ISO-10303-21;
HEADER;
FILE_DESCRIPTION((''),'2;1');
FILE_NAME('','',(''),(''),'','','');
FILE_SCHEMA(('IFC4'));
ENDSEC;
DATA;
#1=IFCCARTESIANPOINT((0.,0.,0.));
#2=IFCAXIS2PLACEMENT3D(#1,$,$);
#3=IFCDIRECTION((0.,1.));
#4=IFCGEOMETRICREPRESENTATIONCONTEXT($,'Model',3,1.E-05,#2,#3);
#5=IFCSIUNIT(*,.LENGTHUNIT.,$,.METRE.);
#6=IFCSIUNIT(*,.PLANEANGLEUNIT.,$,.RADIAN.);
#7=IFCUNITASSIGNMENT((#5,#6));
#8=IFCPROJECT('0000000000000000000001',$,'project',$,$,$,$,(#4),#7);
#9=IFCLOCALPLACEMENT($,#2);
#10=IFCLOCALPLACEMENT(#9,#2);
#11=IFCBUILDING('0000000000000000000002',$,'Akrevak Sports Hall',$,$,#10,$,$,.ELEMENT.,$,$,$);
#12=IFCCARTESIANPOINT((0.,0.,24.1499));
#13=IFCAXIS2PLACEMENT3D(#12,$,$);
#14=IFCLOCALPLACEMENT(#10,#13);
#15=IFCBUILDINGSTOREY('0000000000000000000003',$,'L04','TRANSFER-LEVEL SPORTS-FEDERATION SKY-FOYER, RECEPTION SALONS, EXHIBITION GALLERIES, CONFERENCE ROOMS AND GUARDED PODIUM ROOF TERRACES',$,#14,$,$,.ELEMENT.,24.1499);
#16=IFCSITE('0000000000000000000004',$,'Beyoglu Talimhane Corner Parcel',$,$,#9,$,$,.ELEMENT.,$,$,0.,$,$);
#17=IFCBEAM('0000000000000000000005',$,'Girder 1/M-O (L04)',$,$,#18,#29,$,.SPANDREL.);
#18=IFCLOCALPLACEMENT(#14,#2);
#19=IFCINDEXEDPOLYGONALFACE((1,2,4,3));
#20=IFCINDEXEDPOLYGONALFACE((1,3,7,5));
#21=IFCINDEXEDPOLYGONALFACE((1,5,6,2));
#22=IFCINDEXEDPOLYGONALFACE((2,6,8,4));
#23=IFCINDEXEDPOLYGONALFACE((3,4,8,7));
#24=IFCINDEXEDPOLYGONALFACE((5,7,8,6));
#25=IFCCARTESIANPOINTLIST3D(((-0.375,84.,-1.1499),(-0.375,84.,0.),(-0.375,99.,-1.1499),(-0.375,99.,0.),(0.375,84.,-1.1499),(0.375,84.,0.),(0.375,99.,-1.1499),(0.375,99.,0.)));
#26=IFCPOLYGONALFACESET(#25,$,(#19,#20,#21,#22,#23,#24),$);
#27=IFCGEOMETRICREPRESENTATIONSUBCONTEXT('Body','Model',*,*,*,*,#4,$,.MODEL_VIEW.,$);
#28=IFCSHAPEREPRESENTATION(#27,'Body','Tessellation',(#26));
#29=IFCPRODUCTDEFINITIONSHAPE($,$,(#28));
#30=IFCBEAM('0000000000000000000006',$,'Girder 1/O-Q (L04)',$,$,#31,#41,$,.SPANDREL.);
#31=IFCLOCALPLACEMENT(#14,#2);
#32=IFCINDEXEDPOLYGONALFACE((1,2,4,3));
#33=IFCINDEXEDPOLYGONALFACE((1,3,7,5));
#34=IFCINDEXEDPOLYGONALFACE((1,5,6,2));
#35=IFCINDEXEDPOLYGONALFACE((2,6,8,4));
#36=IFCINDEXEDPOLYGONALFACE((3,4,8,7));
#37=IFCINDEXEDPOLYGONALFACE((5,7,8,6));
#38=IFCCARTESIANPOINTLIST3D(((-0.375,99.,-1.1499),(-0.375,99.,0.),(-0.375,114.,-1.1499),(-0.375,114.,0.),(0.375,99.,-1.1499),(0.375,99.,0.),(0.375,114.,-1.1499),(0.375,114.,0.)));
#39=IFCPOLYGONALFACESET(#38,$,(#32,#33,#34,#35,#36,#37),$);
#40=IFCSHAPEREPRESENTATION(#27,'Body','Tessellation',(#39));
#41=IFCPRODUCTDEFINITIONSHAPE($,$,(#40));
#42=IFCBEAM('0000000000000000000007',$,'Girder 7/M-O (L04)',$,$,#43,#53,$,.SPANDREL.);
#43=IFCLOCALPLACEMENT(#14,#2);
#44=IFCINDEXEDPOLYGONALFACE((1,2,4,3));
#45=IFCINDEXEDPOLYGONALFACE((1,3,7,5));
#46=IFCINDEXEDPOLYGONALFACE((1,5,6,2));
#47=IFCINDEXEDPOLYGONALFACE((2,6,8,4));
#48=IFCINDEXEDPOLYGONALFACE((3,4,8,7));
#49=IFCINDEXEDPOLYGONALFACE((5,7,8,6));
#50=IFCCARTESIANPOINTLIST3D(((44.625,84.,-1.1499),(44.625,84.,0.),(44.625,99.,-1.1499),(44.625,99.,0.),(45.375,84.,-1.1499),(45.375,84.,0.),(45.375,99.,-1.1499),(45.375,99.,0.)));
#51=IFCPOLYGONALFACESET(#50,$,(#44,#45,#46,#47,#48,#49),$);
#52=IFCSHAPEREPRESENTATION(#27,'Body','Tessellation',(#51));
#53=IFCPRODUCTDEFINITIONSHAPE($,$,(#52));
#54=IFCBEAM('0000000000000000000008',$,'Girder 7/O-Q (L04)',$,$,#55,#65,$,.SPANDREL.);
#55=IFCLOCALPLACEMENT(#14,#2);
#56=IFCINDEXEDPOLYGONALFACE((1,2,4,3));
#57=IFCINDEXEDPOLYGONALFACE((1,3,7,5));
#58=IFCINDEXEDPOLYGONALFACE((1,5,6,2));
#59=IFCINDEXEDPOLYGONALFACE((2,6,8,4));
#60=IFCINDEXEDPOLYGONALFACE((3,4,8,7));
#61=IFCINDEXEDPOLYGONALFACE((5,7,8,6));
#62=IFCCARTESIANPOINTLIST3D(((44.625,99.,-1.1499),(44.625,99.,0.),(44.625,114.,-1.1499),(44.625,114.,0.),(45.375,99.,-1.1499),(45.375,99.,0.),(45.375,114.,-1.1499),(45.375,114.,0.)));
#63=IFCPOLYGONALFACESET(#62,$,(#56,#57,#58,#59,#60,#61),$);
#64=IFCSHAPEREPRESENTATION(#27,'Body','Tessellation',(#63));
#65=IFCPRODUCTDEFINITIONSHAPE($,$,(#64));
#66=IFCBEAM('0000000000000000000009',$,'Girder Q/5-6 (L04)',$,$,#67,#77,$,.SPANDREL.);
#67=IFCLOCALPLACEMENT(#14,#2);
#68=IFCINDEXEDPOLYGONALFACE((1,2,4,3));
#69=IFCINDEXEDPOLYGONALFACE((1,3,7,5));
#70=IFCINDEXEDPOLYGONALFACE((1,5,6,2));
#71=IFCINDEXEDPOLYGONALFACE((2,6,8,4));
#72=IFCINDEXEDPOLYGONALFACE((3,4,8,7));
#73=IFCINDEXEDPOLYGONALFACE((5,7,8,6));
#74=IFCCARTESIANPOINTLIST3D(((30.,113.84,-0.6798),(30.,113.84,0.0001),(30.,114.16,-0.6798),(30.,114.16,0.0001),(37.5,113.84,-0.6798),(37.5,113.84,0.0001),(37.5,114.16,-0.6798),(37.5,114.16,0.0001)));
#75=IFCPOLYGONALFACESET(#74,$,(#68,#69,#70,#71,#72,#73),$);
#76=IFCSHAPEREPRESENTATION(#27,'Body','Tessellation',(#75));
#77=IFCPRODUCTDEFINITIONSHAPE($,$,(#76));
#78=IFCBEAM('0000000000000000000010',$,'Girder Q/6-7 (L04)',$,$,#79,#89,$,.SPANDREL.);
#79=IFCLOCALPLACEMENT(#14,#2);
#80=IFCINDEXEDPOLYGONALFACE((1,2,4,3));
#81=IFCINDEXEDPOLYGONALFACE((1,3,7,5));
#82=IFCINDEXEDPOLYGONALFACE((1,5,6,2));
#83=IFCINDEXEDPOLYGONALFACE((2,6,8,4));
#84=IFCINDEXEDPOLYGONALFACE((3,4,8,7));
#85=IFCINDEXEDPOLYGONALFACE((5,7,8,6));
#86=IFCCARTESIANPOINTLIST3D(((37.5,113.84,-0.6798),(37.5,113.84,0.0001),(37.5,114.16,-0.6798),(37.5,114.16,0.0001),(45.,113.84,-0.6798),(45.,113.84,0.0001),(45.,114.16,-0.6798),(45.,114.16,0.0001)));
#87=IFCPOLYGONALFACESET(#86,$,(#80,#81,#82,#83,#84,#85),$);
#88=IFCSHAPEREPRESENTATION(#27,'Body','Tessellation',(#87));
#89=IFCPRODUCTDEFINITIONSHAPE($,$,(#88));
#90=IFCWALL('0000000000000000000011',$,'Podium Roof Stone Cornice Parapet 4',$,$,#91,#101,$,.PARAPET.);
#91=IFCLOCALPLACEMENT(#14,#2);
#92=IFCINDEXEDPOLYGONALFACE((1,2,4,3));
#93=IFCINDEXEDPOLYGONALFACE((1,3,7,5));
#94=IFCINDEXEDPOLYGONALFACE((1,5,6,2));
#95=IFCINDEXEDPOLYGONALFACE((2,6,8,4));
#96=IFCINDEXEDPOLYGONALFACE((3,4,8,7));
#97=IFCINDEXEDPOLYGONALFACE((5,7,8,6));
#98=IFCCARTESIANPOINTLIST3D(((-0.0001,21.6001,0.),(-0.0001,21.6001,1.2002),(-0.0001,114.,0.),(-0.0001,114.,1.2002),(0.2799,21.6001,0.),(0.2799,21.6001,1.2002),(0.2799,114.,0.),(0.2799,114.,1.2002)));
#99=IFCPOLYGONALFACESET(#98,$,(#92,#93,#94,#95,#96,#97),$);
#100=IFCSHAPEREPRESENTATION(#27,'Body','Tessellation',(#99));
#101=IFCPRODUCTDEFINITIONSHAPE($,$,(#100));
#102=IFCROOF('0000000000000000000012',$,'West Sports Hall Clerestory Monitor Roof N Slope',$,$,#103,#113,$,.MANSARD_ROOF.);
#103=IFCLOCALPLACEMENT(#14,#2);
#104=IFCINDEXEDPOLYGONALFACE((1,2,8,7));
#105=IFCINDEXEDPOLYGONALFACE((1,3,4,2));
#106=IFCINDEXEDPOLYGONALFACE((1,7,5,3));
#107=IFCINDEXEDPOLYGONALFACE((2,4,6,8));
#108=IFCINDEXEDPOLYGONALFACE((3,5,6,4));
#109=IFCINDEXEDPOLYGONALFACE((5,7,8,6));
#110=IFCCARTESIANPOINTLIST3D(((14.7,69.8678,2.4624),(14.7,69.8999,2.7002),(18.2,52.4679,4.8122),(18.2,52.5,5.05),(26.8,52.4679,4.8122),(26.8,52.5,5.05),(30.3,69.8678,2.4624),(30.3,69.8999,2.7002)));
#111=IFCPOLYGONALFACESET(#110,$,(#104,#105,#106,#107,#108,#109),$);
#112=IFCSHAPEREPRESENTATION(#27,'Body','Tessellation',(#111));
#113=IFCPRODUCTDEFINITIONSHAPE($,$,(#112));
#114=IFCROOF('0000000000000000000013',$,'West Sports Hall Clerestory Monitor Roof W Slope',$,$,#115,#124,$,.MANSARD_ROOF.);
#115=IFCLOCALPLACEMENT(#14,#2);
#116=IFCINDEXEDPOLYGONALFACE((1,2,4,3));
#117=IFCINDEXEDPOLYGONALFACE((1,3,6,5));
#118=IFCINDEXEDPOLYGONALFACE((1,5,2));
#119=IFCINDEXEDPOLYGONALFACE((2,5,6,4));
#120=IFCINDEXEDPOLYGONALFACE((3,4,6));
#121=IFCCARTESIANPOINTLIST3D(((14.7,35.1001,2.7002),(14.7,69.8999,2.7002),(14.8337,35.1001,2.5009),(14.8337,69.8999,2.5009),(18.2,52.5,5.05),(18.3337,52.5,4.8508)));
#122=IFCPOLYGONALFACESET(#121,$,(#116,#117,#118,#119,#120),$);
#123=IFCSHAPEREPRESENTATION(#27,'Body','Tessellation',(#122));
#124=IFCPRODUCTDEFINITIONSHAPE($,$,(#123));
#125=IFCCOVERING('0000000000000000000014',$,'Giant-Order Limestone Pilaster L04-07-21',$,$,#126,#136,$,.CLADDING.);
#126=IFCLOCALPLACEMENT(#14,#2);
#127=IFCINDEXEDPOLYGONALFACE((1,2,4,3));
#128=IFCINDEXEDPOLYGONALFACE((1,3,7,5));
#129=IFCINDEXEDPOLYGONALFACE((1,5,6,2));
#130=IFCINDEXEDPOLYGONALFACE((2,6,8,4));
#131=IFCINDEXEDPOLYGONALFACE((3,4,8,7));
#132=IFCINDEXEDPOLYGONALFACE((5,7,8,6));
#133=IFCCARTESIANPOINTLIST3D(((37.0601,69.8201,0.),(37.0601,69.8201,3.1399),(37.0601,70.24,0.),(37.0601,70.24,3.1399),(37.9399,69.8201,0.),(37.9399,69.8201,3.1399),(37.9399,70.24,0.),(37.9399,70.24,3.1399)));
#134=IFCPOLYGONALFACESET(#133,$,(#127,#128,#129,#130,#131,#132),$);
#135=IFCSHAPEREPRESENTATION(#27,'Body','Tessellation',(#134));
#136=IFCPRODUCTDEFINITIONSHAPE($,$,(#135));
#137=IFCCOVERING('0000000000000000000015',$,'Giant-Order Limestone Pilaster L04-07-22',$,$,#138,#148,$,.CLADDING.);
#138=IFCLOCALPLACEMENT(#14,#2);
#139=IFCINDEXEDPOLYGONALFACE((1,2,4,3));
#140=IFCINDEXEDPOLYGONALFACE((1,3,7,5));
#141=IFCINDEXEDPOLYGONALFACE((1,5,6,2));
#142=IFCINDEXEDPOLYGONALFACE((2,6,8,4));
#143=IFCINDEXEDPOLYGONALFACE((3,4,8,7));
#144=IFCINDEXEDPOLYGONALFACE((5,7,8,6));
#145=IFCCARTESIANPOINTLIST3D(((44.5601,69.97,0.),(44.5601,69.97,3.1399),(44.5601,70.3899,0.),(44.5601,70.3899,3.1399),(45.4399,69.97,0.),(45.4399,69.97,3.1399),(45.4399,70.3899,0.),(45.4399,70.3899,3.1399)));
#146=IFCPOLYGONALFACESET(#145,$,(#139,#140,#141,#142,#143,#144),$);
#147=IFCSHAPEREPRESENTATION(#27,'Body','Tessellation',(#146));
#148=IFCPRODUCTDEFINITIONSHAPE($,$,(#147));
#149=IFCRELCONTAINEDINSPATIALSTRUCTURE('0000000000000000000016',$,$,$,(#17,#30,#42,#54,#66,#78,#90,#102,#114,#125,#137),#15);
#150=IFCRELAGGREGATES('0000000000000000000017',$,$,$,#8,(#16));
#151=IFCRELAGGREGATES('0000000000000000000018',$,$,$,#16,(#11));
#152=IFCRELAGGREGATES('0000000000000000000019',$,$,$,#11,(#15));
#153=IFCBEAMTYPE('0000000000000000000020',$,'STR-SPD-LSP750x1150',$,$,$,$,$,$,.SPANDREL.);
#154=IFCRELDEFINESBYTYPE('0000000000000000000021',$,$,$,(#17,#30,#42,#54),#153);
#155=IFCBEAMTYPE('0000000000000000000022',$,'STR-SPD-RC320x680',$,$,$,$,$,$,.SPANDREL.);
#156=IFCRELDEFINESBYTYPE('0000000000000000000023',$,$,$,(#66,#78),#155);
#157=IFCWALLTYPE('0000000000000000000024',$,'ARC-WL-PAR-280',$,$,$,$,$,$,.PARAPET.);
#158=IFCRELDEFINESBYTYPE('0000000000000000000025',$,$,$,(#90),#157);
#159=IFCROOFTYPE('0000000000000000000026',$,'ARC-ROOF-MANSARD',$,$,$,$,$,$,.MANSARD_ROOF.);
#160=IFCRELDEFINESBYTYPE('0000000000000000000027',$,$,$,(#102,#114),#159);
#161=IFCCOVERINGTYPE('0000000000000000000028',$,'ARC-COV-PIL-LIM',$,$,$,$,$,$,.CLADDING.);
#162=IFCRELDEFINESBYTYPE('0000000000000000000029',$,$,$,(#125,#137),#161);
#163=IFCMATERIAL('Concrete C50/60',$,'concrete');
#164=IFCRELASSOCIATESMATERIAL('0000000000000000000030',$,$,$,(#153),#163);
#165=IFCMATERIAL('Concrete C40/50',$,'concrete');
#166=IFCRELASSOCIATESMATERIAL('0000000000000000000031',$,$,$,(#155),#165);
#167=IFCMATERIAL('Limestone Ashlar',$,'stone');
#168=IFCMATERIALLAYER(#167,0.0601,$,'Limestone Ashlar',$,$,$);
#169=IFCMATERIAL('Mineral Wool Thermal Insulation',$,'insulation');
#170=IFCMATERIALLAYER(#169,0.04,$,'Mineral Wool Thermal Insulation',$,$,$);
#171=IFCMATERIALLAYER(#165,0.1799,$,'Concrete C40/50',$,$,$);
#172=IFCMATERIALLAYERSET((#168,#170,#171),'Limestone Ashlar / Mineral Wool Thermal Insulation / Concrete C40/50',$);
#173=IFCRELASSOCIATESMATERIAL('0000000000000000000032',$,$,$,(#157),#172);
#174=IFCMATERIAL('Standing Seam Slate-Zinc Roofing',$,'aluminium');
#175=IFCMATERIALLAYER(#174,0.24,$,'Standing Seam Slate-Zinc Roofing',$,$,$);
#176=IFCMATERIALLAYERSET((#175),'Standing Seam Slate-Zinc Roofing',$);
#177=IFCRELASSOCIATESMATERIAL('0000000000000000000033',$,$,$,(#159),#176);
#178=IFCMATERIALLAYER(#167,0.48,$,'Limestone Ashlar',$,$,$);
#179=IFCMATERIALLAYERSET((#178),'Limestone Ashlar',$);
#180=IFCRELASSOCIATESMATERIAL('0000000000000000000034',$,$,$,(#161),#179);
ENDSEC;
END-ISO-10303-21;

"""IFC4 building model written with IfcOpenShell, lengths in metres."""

from ifc_helpers import new_model, si_unit, direction, frame, frame_2d, origin, origin_2d, place, context, subcontext, project, spatial, polyline, rectangle, outline, extrude, material, layer, layer_set, material_profile, profile_set, type_object, element, save


model = new_model("IFC4")

# Units and contexts
model_context = context("Model", 3, precision=1e-05, world=origin(), true_north=direction((0.0, 1.0)))
body_context = subcontext(model_context, "Body", "Model", "MODEL_VIEW")
ifc_project = project(units=[si_unit("LENGTHUNIT", "METRE"), si_unit("PLANEANGLEUNIT", "RADIAN")], contexts=[model_context])

# Site, building, storey
site_placement = place(None, origin())
site = spatial("IfcSite", under=ifc_project, at=site_placement, Name="Beyoglu Talimhane Corner Parcel", CompositionType="ELEMENT", RefElevation=0.0)
building_placement = place(site_placement, origin())
building = spatial("IfcBuilding", under=site, at=building_placement, Name="Akrevak Sports Hall", CompositionType="ELEMENT")
storey_placement = place(building_placement, frame((0.0, 0.0, 24.1499)))
storey = spatial("IfcBuildingStorey", under=building, at=storey_placement, Name="L04", Description="TRANSFER-LEVEL SPORTS-FEDERATION SKY-FOYER, RECEPTION SALONS, EXHIBITION GALLERIES, CONFERENCE ROOMS AND GUARDED PODIUM ROOF TERRACES", CompositionType="ELEMENT", Elevation=24.1499)

# Beams
ifc_material_1 = material(Name="Concrete C50/60", Category="concrete")
ifc_material_profile_1 = material_profile(ifc_material_1, rectangle(XDim=0.75, YDim=1.1499, at=origin_2d()), Name="SPD 750x1150", Category="concrete")
ifc_profile_set_1 = profile_set([ifc_material_profile_1], Name="Concrete C50/60")
beam_type_1 = type_object("IfcBeamType", Name="STR-SPD-LSP750x1150", PredefinedType="SPANDREL", material=ifc_profile_set_1)
for number, where, z_axis, x_axis, name in (
    (1, (0.0, 84.0, -0.575), (0.0, 1.0, 0.0), (-1.0, 0.0, 0.0), "Girder 1/M-O (L04)"),
    (2, (0.0, 99.0, -0.575), (0.0, 1.0, 0.0), (-1.0, 0.0, 0.0), "Girder 1/O-Q (L04)"),
    (3, (45.0, 84.0, -0.575), (0.0, 1.0, 0.0), (-1.0, 0.0, 0.0), "Girder 7/M-O (L04)"),
    (4, (45.0, 99.0, -0.575), (0.0, 1.0, 0.0), (-1.0, 0.0, 0.0), "Girder 7/O-Q (L04)"),
):
    element("IfcBeam", number, at=place(storey_placement, frame(where, z_axis=z_axis, x_axis=x_axis)), inside=storey, type_object=beam_type_1, Name=name, PredefinedType="SPANDREL", context=body_context, shape_type="SweptSolid", body=[
        extrude(rectangle(XDim=0.75, YDim=1.1499, at=origin_2d()), origin(), (0.0, 0.0, 1.0), 15.0),
    ])
ifc_material_2 = material(Name="Concrete C40/50", Category="concrete")
ifc_material_profile_2 = material_profile(ifc_material_2, rectangle(XDim=0.3201, YDim=0.6799, at=origin_2d()), Name="SPD 320x680", Category="concrete")
ifc_profile_set_2 = profile_set([ifc_material_profile_2], Name="Concrete C40/50")
beam_type_2 = type_object("IfcBeamType", Name="STR-SPD-RC320x680", PredefinedType="SPANDREL", material=ifc_profile_set_2)
for number, where, z_axis, x_axis, name in (
    (5, (30.0, 114.0, -0.3398), (1.0, 0.0, 0.0), (0.0, 1.0, 0.0), "Girder Q/5-6 (L04)"),
    (6, (37.5, 114.0, -0.3398), (1.0, 0.0, 0.0), (0.0, 1.0, 0.0), "Girder Q/6-7 (L04)"),
):
    element("IfcBeam", number, at=place(storey_placement, frame(where, z_axis=z_axis, x_axis=x_axis)), inside=storey, type_object=beam_type_2, Name=name, PredefinedType="SPANDREL", context=body_context, shape_type="SweptSolid", body=[
        extrude(rectangle(XDim=0.3201, YDim=0.6799, at=origin_2d()), origin(), (0.0, 0.0, 1.0), 7.5),
    ])

# Wall
ifc_material_3 = material(Name="Limestone Ashlar", Category="stone")
ifc_layer_1 = layer(ifc_material_3, 0.0601, Name="Limestone Ashlar")
ifc_material_4 = material(Name="Mineral Wool Thermal Insulation", Category="insulation")
ifc_layer_2 = layer(ifc_material_4, 0.04, Name="Mineral Wool Thermal Insulation")
ifc_layer_3 = layer(ifc_material_2, 0.1799, Name="Concrete C40/50")
ifc_layer_set_1 = layer_set([ifc_layer_1, ifc_layer_2, ifc_layer_3], Name="Limestone Ashlar / Mineral Wool Thermal Insulation / Concrete C40/50")
wall_type = type_object("IfcWallType", Name="ARC-WL-PAR-280", PredefinedType="PARAPET", material=ifc_layer_set_1)
wall_placement = place(storey_placement, frame((0.1399, 114.0, 0.0), z_axis=(0.0, 0.0, 1.0), x_axis=(0.0, -1.0, 0.0)))
element("IfcWall", 7, at=wall_placement, inside=storey, type_object=wall_type, Name="Podium Roof Stone Cornice Parapet 4", PredefinedType="PARAPET", context=body_context, shape_type="SweptSolid", body=[
    extrude(rectangle(XDim=92.3999, YDim=0.28, at=frame_2d((46.2, 0.0))), origin(), (0.0, 0.0, 1.0), 1.2002),
])

# Roofs
ifc_material_5 = material(Name="Standing Seam Slate-Zinc Roofing", Category="aluminium")
ifc_layer_4 = layer(ifc_material_5, 0.24, Name="Standing Seam Slate-Zinc Roofing")
ifc_layer_set_2 = layer_set([ifc_layer_4], Name="Standing Seam Slate-Zinc Roofing")
roof_type = type_object("IfcRoofType", Name="ARC-ROOF-MANSARD", PredefinedType="MANSARD_ROOF", material=ifc_layer_set_2)
roof_1_placement = place(storey_placement, frame((30.3, 69.8999, 2.7002), z_axis=(0.0, 0.133835, 0.991004), x_axis=(-1.0, 0.0, 0.0)))
element("IfcRoof", 8, at=roof_1_placement, inside=storey, type_object=roof_type, Name="West Sports Hall Clerestory Monitor Roof N Slope", PredefinedType="MANSARD_ROOF", context=body_context, shape_type="SweptSolid", body=[
    extrude(outline(polyline([(0.0, 0.0), (15.6001, 0.0), (12.1001, 17.5579), (3.5, 17.5579), (0.0, 0.0)])), origin(), (0.0, 0.0, -1.0), 0.24),
])
roof_2_placement = place(storey_placement, frame((14.7, 69.8999, 2.7002), z_axis=(-0.55741, 0.0, 0.830237), x_axis=(0.0, -1.0, 0.0)))
element("IfcRoof", 9, at=roof_2_placement, inside=storey, type_object=roof_type, Name="West Sports Hall Clerestory Monitor Roof W Slope", PredefinedType="MANSARD_ROOF", context=body_context, shape_type="SweptSolid", body=[
    extrude(outline(polyline([(0.0, 0.0), (34.7998, 0.0), (17.3999, 4.2157), (0.0, 0.0)])), origin(), (0.0, 0.0, -1.0), 0.24),
])

# Coverings
ifc_layer_5 = layer(ifc_material_3, 0.48, Name="Limestone Ashlar")
ifc_layer_set_3 = layer_set([ifc_layer_5], Name="Limestone Ashlar")
covering_type = type_object("IfcCoveringType", Name="ARC-COV-PIL-LIM", PredefinedType="CLADDING", material=ifc_layer_set_3)
for number, where, z_axis, x_axis, name in (
    (10, (37.5, 70.03, 0.0), (0.0, 0.0, 1.0), (-1.0, 0.0, 0.0), "Giant-Order Limestone Pilaster L04-07-21"),
    (11, (45.0, 70.1799, 0.0), (0.0, 0.0, 1.0), (-1.0, 0.0, 0.0), "Giant-Order Limestone Pilaster L04-07-22"),
):
    element("IfcCovering", number, at=place(storey_placement, frame(where, z_axis=z_axis, x_axis=x_axis)), inside=storey, type_object=covering_type, Name=name, PredefinedType="CLADDING", context=body_context, shape_type="SweptSolid", body=[
        extrude(rectangle(XDim=0.8799, YDim=0.4199, at=origin_2d()), origin(), (0.0, 0.0, 1.0), 3.1399),
    ])

save(model, "model.ifc")
